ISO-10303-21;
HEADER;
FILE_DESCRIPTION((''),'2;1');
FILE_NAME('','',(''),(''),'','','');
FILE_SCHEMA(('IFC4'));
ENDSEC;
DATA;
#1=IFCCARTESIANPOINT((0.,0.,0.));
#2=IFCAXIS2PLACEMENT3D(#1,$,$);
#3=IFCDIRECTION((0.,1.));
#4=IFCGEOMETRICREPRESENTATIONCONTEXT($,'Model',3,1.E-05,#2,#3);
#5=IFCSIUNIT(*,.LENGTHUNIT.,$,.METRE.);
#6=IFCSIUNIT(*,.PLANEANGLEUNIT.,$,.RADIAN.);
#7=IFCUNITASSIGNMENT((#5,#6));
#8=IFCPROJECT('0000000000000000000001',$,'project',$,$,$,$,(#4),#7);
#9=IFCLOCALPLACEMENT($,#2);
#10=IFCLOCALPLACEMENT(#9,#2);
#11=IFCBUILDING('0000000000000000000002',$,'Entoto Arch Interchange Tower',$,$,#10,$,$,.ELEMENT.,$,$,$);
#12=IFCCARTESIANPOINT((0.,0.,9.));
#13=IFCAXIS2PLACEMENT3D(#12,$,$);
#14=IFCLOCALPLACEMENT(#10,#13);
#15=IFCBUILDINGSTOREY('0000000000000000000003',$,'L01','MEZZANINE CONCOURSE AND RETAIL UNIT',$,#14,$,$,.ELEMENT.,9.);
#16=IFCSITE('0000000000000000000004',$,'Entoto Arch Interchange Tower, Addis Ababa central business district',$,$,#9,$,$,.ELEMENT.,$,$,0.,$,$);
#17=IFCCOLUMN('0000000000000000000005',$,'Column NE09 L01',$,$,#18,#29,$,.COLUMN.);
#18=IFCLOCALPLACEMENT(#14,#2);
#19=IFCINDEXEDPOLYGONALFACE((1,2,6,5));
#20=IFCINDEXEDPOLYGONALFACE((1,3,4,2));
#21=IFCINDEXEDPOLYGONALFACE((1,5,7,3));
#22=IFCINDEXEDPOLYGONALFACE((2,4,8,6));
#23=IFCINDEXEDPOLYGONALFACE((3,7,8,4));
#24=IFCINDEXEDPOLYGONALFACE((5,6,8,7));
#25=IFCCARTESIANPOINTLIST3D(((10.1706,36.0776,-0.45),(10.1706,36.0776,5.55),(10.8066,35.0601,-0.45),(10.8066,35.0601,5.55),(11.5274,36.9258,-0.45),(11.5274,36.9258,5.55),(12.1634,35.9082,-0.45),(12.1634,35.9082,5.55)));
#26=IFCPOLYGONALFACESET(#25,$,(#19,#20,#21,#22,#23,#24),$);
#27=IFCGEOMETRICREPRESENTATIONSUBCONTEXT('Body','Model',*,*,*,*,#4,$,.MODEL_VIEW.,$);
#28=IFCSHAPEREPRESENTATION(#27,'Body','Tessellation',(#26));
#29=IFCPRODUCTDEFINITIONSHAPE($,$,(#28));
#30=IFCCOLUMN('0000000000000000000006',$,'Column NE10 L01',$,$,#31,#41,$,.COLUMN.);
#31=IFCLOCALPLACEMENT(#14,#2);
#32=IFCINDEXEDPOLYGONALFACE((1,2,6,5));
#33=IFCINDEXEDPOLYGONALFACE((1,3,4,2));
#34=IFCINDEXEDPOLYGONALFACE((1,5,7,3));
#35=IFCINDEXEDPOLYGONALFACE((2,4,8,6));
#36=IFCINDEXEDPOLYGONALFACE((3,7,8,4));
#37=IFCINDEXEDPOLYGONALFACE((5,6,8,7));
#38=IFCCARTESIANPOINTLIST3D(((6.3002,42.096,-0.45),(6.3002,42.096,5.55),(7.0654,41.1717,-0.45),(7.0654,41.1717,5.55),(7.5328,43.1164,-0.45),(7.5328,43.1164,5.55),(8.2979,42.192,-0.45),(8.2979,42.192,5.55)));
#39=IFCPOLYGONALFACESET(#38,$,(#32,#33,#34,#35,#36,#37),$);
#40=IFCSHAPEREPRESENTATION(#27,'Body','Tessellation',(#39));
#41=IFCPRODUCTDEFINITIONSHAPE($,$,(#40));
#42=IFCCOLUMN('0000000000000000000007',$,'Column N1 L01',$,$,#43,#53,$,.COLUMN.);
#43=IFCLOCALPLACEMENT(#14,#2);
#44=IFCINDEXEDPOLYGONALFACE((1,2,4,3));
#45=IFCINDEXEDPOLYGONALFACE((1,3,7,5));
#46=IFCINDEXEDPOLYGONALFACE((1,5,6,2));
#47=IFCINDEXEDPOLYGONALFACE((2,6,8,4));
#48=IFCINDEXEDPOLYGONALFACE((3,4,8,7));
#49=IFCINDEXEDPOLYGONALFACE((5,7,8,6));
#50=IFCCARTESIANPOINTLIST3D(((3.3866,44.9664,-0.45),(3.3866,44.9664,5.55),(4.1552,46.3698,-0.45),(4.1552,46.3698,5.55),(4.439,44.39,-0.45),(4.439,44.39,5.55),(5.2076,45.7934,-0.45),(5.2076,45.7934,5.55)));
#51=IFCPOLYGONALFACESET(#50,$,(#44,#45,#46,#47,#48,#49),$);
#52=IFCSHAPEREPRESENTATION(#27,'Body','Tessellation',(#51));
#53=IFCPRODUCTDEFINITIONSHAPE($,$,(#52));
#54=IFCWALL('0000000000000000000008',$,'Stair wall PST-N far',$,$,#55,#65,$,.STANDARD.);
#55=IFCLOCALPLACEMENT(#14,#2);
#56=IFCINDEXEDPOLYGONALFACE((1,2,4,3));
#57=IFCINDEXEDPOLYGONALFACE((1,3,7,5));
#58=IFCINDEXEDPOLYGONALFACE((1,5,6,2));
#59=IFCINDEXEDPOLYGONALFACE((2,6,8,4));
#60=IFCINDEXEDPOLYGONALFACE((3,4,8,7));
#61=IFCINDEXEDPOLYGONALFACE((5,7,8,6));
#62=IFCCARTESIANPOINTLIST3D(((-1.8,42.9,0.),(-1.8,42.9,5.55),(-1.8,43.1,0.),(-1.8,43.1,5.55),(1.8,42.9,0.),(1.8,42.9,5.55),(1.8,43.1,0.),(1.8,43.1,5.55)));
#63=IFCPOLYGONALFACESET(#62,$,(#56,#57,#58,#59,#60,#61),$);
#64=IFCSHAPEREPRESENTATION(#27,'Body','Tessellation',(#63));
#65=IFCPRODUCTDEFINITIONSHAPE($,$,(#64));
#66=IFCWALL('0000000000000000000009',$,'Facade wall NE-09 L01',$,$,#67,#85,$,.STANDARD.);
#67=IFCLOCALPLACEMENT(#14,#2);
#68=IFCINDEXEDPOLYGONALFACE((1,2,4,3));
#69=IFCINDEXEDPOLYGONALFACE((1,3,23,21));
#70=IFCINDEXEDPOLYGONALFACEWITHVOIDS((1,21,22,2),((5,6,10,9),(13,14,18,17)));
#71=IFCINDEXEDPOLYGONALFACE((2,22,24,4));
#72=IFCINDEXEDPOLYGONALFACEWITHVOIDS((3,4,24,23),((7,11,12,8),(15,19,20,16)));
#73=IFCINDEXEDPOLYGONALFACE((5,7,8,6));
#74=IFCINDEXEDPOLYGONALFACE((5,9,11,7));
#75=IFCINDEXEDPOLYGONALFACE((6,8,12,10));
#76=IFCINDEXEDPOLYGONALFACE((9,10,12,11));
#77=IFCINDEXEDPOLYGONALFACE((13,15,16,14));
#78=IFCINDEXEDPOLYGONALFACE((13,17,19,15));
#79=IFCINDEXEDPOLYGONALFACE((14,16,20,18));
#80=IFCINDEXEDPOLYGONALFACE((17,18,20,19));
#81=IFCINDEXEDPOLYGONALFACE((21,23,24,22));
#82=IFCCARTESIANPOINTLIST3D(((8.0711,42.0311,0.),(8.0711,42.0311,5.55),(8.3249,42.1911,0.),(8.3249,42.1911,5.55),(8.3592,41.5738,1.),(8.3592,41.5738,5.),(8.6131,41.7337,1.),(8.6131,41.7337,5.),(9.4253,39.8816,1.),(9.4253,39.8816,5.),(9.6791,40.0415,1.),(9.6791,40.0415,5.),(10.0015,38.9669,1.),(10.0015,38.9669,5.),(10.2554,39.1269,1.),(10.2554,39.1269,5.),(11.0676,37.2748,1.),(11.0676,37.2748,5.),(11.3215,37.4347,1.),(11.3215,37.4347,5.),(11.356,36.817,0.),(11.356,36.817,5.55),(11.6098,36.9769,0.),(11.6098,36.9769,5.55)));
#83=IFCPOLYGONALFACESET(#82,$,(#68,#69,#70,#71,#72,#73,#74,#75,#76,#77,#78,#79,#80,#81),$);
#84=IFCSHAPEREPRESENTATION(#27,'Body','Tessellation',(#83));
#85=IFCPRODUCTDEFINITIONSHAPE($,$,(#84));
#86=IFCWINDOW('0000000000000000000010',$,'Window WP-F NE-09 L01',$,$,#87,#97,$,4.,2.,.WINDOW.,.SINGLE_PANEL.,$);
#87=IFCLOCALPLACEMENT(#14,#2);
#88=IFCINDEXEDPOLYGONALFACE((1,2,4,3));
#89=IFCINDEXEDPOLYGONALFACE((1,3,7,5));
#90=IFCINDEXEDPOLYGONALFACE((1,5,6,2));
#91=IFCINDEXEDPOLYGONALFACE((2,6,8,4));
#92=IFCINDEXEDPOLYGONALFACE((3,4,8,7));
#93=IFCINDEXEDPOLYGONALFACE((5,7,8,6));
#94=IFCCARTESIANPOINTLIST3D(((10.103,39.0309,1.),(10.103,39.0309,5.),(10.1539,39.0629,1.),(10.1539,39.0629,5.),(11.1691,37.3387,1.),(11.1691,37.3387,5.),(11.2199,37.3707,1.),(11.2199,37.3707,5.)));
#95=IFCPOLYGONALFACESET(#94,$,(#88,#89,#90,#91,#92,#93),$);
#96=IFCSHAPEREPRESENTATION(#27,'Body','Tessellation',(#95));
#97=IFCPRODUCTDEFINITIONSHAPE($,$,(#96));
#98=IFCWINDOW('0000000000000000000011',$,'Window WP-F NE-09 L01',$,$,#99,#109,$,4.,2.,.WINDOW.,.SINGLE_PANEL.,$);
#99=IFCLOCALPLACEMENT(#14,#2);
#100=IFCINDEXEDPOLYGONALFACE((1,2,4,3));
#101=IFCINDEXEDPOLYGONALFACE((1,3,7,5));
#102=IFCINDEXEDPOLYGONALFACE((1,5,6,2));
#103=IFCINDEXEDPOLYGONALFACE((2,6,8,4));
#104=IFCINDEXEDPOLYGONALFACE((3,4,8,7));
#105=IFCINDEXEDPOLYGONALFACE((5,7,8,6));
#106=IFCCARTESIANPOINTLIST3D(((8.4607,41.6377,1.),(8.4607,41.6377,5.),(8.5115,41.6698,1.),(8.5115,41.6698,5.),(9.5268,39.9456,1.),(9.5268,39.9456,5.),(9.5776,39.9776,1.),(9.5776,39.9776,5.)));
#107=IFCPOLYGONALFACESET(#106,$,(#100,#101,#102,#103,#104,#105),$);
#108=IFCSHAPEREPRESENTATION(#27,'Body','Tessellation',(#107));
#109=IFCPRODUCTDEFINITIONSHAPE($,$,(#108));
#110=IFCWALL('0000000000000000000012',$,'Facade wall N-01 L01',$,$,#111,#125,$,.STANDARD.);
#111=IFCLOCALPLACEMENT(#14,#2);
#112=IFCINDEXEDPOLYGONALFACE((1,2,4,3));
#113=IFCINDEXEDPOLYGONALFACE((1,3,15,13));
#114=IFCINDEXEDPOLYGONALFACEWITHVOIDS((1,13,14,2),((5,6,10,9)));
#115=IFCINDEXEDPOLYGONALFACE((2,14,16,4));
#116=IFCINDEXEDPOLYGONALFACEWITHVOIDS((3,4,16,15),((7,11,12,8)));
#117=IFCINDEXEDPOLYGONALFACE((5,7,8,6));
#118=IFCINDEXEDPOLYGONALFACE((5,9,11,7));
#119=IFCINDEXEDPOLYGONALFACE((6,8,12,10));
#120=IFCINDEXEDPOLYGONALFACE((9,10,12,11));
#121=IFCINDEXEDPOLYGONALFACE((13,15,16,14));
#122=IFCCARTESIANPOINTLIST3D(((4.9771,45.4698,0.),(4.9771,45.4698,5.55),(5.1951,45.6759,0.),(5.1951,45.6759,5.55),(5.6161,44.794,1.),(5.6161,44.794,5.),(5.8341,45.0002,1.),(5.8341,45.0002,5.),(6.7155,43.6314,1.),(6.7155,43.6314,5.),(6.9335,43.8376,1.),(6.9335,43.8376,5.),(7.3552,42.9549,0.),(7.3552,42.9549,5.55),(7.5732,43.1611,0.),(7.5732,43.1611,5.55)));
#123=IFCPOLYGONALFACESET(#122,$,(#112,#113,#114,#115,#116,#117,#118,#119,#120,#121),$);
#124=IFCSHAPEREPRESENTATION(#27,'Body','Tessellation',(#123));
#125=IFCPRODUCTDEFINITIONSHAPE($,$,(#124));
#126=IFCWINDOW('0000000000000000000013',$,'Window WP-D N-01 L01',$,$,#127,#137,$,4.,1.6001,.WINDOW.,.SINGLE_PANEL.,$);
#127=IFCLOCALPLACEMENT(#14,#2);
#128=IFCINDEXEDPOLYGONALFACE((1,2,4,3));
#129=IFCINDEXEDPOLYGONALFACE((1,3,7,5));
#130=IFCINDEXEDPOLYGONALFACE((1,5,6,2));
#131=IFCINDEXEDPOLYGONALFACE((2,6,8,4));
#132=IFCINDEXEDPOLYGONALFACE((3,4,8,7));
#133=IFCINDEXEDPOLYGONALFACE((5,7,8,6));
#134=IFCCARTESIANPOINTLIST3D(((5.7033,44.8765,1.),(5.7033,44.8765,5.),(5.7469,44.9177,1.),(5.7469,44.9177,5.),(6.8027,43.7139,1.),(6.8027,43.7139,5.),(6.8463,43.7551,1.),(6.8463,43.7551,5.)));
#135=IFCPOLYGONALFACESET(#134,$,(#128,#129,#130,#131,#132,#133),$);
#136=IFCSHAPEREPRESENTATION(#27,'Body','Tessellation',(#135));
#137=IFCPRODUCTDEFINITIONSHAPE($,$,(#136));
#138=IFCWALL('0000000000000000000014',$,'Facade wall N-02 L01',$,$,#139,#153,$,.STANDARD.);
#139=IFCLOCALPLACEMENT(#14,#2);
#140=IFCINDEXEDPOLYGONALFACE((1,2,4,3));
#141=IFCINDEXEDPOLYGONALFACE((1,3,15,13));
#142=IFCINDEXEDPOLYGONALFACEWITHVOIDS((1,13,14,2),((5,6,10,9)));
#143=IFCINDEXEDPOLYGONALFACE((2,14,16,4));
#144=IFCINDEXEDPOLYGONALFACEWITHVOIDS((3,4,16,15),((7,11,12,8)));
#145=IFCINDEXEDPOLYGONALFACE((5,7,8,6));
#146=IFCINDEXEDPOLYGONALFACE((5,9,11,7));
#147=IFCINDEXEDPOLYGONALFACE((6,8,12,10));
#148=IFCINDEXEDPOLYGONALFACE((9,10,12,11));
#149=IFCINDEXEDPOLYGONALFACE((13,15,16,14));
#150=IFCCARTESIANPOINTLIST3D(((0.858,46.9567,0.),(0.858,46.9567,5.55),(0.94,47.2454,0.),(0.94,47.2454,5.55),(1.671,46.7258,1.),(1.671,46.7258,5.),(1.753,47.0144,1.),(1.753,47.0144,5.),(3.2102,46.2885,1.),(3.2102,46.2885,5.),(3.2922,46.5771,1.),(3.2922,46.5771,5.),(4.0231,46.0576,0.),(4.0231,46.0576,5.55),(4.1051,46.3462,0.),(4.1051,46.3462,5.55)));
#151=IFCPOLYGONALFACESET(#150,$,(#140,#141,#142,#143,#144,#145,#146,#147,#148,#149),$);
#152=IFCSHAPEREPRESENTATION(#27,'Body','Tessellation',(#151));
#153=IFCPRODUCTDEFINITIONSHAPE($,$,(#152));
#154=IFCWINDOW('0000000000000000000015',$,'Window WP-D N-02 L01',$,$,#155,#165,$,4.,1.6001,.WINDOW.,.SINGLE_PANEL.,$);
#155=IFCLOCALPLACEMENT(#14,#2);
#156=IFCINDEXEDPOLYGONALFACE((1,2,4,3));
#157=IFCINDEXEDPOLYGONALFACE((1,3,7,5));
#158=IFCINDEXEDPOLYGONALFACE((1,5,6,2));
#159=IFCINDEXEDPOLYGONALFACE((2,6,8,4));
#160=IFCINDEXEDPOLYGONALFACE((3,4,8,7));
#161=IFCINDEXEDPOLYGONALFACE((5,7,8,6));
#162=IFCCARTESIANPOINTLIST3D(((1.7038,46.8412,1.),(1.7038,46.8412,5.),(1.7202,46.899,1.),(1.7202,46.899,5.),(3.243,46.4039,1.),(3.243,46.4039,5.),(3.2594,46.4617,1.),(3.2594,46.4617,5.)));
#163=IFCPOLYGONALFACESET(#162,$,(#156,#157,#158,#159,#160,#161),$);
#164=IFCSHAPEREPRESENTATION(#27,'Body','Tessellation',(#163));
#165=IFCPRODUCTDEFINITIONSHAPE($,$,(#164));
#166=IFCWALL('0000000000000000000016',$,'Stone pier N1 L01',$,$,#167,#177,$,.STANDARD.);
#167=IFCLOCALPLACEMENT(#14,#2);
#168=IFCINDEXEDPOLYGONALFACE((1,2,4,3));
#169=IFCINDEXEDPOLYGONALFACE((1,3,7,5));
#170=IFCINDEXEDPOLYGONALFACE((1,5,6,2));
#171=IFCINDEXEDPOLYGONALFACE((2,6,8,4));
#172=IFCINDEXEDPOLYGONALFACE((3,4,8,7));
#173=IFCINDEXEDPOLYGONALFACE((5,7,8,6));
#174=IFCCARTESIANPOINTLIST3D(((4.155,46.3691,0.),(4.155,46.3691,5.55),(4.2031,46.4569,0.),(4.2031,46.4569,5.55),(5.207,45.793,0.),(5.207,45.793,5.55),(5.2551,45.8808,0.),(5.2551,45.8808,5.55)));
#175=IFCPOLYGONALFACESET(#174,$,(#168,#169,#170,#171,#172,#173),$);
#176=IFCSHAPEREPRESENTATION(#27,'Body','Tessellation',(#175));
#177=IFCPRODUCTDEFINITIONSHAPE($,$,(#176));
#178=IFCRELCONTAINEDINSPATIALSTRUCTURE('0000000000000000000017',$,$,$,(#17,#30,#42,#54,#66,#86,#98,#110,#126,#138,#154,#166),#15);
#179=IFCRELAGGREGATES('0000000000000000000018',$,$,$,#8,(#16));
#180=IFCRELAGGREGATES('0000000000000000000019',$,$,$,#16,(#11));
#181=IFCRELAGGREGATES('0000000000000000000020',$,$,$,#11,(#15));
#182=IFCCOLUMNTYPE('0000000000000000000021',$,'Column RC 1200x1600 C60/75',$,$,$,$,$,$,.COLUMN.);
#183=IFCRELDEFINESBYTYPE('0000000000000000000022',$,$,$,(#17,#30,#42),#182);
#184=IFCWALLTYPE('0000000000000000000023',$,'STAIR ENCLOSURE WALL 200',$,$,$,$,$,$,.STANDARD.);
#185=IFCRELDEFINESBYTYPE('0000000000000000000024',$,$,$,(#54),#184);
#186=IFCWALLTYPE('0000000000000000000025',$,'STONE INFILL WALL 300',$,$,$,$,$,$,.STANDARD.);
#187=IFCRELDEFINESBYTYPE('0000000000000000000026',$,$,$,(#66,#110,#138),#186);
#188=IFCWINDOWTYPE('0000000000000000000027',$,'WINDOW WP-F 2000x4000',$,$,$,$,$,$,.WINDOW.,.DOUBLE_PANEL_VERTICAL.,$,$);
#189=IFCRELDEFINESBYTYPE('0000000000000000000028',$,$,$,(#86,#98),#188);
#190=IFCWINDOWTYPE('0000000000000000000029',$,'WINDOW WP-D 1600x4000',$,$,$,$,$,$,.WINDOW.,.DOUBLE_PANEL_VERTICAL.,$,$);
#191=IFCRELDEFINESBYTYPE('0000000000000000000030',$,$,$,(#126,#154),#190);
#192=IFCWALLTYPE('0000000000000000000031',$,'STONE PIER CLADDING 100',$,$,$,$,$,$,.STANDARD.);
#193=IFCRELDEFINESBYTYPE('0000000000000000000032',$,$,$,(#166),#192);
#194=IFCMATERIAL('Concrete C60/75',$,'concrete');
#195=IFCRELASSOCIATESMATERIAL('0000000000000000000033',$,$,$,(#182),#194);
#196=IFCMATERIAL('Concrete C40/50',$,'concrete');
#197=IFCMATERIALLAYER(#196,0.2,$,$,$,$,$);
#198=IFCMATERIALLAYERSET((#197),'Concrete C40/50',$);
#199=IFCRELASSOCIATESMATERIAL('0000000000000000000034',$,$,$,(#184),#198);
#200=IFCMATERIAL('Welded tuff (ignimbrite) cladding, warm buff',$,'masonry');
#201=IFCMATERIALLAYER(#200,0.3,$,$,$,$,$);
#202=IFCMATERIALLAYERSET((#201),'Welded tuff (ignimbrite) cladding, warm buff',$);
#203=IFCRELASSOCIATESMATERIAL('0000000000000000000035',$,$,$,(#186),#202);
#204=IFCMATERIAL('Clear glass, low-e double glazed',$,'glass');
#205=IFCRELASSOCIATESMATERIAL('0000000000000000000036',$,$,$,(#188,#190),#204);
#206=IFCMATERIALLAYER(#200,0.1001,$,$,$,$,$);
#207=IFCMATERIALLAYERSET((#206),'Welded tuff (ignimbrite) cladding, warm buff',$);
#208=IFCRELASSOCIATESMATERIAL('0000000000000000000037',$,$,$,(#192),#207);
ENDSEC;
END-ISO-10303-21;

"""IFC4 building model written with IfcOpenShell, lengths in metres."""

from ifc_helpers import new_model, si_unit, direction, frame, frame_2d, origin, origin_2d, place, context, subcontext, project, spatial, rectangle, extrude, material, layer, layer_set, material_profile, profile_set, type_object, element, fill, save


model = new_model("IFC4")

# Units and contexts
model_context = context("Model", 3, precision=1e-05, world=origin(), true_north=direction((0.0, 1.0)))
body_context = subcontext(model_context, "Body", "Model", "MODEL_VIEW")
ifc_project = project(units=[si_unit("LENGTHUNIT", "METRE"), si_unit("PLANEANGLEUNIT", "RADIAN")], contexts=[model_context])

# Site, building, storey
site_placement = place(None, origin())
site = spatial("IfcSite", under=ifc_project, at=site_placement, Name="Entoto Arch Interchange Tower, Addis Ababa central business district", CompositionType="ELEMENT", RefElevation=0.0)
building_placement = place(site_placement, origin())
building = spatial("IfcBuilding", under=site, at=building_placement, Name="Entoto Arch Interchange Tower", CompositionType="ELEMENT")
storey_placement = place(building_placement, frame((0.0, 0.0, 9.0)))
storey = spatial("IfcBuildingStorey", under=building, at=storey_placement, Name="L01", Description="MEZZANINE CONCOURSE AND RETAIL UNIT", CompositionType="ELEMENT", Elevation=9.0)

# Columns
ifc_material_1 = material(Name="Concrete C60/75", Category="concrete")
ifc_material_profile = material_profile(ifc_material_1, rectangle(XDim=1.2, YDim=1.6001, at=origin_2d()))
ifc_profile_set = profile_set([ifc_material_profile], Name="Concrete C60/75")
column_type = type_object("IfcColumnType", Name="Column RC 1200x1600 C60/75", PredefinedType="COLUMN", material=ifc_profile_set)
for number, where, z_axis, x_axis, name in (
    (1, (11.167, 35.9929, -0.45), (0.0, 0.0, 1.0), (-0.530067, 0.847956, 0.0), "Column NE09 L01"),
    (2, (7.2991, 42.144, -0.45), (0.0, 0.0, 1.0), (-0.637666, 0.770313, 0.0), "Column NE10 L01"),
    (3, (4.2971, 45.3799, -0.45), (0.0, 0.0, 1.0), (-0.877079, 0.480346, 0.0), "Column N1 L01"),
):
    element("IfcColumn", number, at=place(storey_placement, frame(where, z_axis=z_axis, x_axis=x_axis)), inside=storey, type_object=column_type, Name=name, PredefinedType="COLUMN", context=body_context, shape_type="SweptSolid", body=[
        extrude(rectangle(XDim=1.2, YDim=1.6001, at=origin_2d()), origin(), (0.0, 0.0, 1.0), 6.0),
    ])

# Wall
ifc_material_2 = material(Name="Concrete C40/50", Category="concrete")
ifc_layer_1 = layer(ifc_material_2, 0.2)
ifc_layer_set_1 = layer_set([ifc_layer_1], Name="Concrete C40/50")
wall_type_1 = type_object("IfcWallType", Name="STAIR ENCLOSURE WALL 200", PredefinedType="STANDARD", material=ifc_layer_set_1)
wall_1_placement = place(storey_placement, frame((1.8, 43.0, 0.0), z_axis=(0.0, 0.0, 1.0), x_axis=(-1.0, 0.0, 0.0)))
element("IfcWall", 4, at=wall_1_placement, inside=storey, type_object=wall_type_1, Name="Stair wall PST-N far", PredefinedType="STANDARD", context=body_context, shape_type="SweptSolid", body=[
    extrude(rectangle(XDim=3.6001, YDim=0.2, at=frame_2d((1.8, 0.0))), origin(), (0.0, 0.0, 1.0), 5.55),
])

# Wall, openings, windows
ifc_material_3 = material(Name="Welded tuff (ignimbrite) cladding, warm buff", Category="masonry")
ifc_layer_2 = layer(ifc_material_3, 0.3)
ifc_layer_set_2 = layer_set([ifc_layer_2], Name="Welded tuff (ignimbrite) cladding, warm buff")
wall_type_2 = type_object("IfcWallType", Name="STONE INFILL WALL 300", PredefinedType="STANDARD", material=ifc_layer_set_2)
wall_2_placement = place(storey_placement, frame((11.4829, 36.897, 0.0), z_axis=(0.0, 0.0, 1.0), x_axis=(-0.53304, 0.84609, 0.0)))
wall_2 = element("IfcWall", 5, at=wall_2_placement, inside=storey, type_object=wall_type_2, Name="Facade wall NE-09 L01", PredefinedType="STANDARD", context=body_context, shape_type="SweptSolid", body=[
    extrude(rectangle(XDim=6.1626, YDim=0.3, at=frame_2d((3.0813, 0.0))), origin(), (0.0, 0.0, 1.0), 5.55),
])
opening_1_placement = place(wall_2_placement, frame((0.541, 0.0, 1.0)))
opening_1 = element("IfcOpeningElement", 6, at=opening_1_placement, cuts=wall_2, PredefinedType="OPENING", context=body_context, shape_type="SweptSolid", body=[
    extrude(rectangle(XDim=2.0, YDim=4.0, at=frame_2d((1.0, 2.0))), frame((0.0, 0.1602, 0.0), z_axis=(0.0, -1.0, 0.0), x_axis=(1.0, 0.0, 0.0)), (0.0, 0.0, 1.0), 0.3201),
])
opening_2_placement = place(wall_2_placement, frame((3.6221, 0.0, 1.0)))
opening_2 = element("IfcOpeningElement", 7, at=opening_2_placement, cuts=wall_2, PredefinedType="OPENING", context=body_context, shape_type="SweptSolid", body=[
    extrude(rectangle(XDim=2.0, YDim=4.0, at=frame_2d((1.0, 2.0))), frame((0.0, 0.1602, 0.0), z_axis=(0.0, -1.0, 0.0), x_axis=(1.0, 0.0, 0.0)), (0.0, 0.0, 1.0), 0.3201),
])
ifc_material_4 = material(Name="Clear glass, low-e double glazed", Category="glass")
window_type_1 = type_object("IfcWindowType", Name="WINDOW WP-F 2000x4000", PartitioningType="DOUBLE_PANEL_VERTICAL", PredefinedType="WINDOW", material=ifc_material_4)
window_1_placement = place(opening_1_placement, origin())
window_1 = element("IfcWindow", 8, at=window_1_placement, inside=storey, type_object=window_type_1, Name="Window WP-F NE-09 L01", OverallHeight=4.0, OverallWidth=2.0, PartitioningType="SINGLE_PANEL", PredefinedType="WINDOW", context=body_context, shape_type="SweptSolid", body=[
    extrude(rectangle(XDim=2.0, YDim=4.0, at=frame_2d((1.0, 2.0))), frame((0.0, 0.03, 0.0), z_axis=(0.0, -1.0, 0.0), x_axis=(1.0, 0.0, 0.0)), (0.0, 0.0, 1.0), 0.0601),
])
fill(opening_1, window_1)
window_2_placement = place(opening_2_placement, origin())
window_2 = element("IfcWindow", 9, at=window_2_placement, inside=storey, type_object=window_type_1, Name="Window WP-F NE-09 L01", OverallHeight=4.0, OverallWidth=2.0, PartitioningType="SINGLE_PANEL", PredefinedType="WINDOW", context=body_context, shape_type="SweptSolid", body=[
    extrude(rectangle(XDim=2.0, YDim=4.0, at=frame_2d((1.0, 2.0))), frame((0.0, 0.03, 0.0), z_axis=(0.0, -1.0, 0.0), x_axis=(1.0, 0.0, 0.0)), (0.0, 0.0, 1.0), 0.0601),
])
fill(opening_2, window_2)

# Walls, openings, windows
wall_3_placement = place(storey_placement, frame((7.4641, 43.0581, 0.0), z_axis=(0.0, 0.0, 1.0), x_axis=(-0.687081, 0.726581, 0.0)))
wall_3 = element("IfcWall", 10, at=wall_3_placement, inside=storey, type_object=wall_type_2, Name="Facade wall N-01 L01", PredefinedType="STANDARD", context=body_context, shape_type="SweptSolid", body=[
    extrude(rectangle(XDim=3.4612, YDim=0.3, at=frame_2d((1.7305, 0.0))), origin(), (0.0, 0.0, 1.0), 5.55),
])
opening_3_placement = place(wall_3_placement, frame((0.9309, 0.0, 1.0)))
opening_3 = element("IfcOpeningElement", 11, at=opening_3_placement, cuts=wall_3, PredefinedType="OPENING", context=body_context, shape_type="SweptSolid", body=[
    extrude(rectangle(XDim=1.6001, YDim=4.0, at=frame_2d((0.8, 2.0))), frame((0.0, 0.1602, 0.0), z_axis=(0.0, -1.0, 0.0), x_axis=(1.0, 0.0, 0.0)), (0.0, 0.0, 1.0), 0.3201),
])
window_type_2 = type_object("IfcWindowType", Name="WINDOW WP-D 1600x4000", PartitioningType="DOUBLE_PANEL_VERTICAL", PredefinedType="WINDOW", material=ifc_material_4)
window_3_placement = place(opening_3_placement, origin())
window_3 = element("IfcWindow", 12, at=window_3_placement, inside=storey, type_object=window_type_2, Name="Window WP-D N-01 L01", OverallHeight=4.0, OverallWidth=1.6001, PartitioningType="SINGLE_PANEL", PredefinedType="WINDOW", context=body_context, shape_type="SweptSolid", body=[
    extrude(rectangle(XDim=1.6001, YDim=4.0, at=frame_2d((0.8, 2.0))), frame((0.0, 0.03, 0.0), z_axis=(0.0, -1.0, 0.0), x_axis=(1.0, 0.0, 0.0)), (0.0, 0.0, 1.0), 0.0601),
])
fill(opening_3, window_3)
wall_4_placement = place(storey_placement, frame((4.064, 46.2019, 0.0), z_axis=(0.0, 0.0, 1.0), x_axis=(-0.961934, 0.27328, 0.0)))
wall_4 = element("IfcWall", 13, at=wall_4_placement, inside=storey, type_object=wall_type_2, Name="Facade wall N-02 L01", PredefinedType="STANDARD", context=body_context, shape_type="SweptSolid", body=[
    extrude(rectangle(XDim=3.2903, YDim=0.3, at=frame_2d((1.645, 0.0))), origin(), (0.0, 0.0, 1.0), 5.55),
])
opening_4_placement = place(wall_4_placement, frame((0.845, 0.0, 1.0)))
opening_4 = element("IfcOpeningElement", 14, at=opening_4_placement, cuts=wall_4, PredefinedType="OPENING", context=body_context, shape_type="SweptSolid", body=[
    extrude(rectangle(XDim=1.6001, YDim=4.0, at=frame_2d((0.8, 2.0))), frame((0.0, 0.1602, 0.0), z_axis=(0.0, -1.0, 0.0), x_axis=(1.0, 0.0, 0.0)), (0.0, 0.0, 1.0), 0.3201),
])
window_4_placement = place(opening_4_placement, origin())
window_4 = element("IfcWindow", 15, at=window_4_placement, inside=storey, type_object=window_type_2, Name="Window WP-D N-02 L01", OverallHeight=4.0, OverallWidth=1.6001, PartitioningType="SINGLE_PANEL", PredefinedType="WINDOW", context=body_context, shape_type="SweptSolid", body=[
    extrude(rectangle(XDim=1.6001, YDim=4.0, at=frame_2d((0.8, 2.0))), frame((0.0, 0.03, 0.0), z_axis=(0.0, -1.0, 0.0), x_axis=(1.0, 0.0, 0.0)), (0.0, 0.0, 1.0), 0.0601),
])
fill(opening_4, window_4)

# Wall
ifc_layer_3 = layer(ifc_material_3, 0.1001)
ifc_layer_set_3 = layer_set([ifc_layer_3], Name="Welded tuff (ignimbrite) cladding, warm buff")
wall_type_3 = type_object("IfcWallType", Name="STONE PIER CLADDING 100", PredefinedType="STANDARD", material=ifc_layer_set_3)
for number, where, z_axis, x_axis, name in (
    (16, (5.231, 45.8369, 0.0), (0.0, 0.0, 1.0), (-0.87707, 0.480363, 0.0), "Stone pier N1 L01"),
):
    element("IfcWall", number, at=place(storey_placement, frame(where, z_axis=z_axis, x_axis=x_axis)), inside=storey, type_object=wall_type_3, Name=name, PredefinedType="STANDARD", context=body_context, shape_type="SweptSolid", body=[
        extrude(rectangle(XDim=1.1995, YDim=0.1001, at=frame_2d((0.5996, 0.0))), origin(), (0.0, 0.0, 1.0), 5.55),
    ])

save(model, "model.ifc")
